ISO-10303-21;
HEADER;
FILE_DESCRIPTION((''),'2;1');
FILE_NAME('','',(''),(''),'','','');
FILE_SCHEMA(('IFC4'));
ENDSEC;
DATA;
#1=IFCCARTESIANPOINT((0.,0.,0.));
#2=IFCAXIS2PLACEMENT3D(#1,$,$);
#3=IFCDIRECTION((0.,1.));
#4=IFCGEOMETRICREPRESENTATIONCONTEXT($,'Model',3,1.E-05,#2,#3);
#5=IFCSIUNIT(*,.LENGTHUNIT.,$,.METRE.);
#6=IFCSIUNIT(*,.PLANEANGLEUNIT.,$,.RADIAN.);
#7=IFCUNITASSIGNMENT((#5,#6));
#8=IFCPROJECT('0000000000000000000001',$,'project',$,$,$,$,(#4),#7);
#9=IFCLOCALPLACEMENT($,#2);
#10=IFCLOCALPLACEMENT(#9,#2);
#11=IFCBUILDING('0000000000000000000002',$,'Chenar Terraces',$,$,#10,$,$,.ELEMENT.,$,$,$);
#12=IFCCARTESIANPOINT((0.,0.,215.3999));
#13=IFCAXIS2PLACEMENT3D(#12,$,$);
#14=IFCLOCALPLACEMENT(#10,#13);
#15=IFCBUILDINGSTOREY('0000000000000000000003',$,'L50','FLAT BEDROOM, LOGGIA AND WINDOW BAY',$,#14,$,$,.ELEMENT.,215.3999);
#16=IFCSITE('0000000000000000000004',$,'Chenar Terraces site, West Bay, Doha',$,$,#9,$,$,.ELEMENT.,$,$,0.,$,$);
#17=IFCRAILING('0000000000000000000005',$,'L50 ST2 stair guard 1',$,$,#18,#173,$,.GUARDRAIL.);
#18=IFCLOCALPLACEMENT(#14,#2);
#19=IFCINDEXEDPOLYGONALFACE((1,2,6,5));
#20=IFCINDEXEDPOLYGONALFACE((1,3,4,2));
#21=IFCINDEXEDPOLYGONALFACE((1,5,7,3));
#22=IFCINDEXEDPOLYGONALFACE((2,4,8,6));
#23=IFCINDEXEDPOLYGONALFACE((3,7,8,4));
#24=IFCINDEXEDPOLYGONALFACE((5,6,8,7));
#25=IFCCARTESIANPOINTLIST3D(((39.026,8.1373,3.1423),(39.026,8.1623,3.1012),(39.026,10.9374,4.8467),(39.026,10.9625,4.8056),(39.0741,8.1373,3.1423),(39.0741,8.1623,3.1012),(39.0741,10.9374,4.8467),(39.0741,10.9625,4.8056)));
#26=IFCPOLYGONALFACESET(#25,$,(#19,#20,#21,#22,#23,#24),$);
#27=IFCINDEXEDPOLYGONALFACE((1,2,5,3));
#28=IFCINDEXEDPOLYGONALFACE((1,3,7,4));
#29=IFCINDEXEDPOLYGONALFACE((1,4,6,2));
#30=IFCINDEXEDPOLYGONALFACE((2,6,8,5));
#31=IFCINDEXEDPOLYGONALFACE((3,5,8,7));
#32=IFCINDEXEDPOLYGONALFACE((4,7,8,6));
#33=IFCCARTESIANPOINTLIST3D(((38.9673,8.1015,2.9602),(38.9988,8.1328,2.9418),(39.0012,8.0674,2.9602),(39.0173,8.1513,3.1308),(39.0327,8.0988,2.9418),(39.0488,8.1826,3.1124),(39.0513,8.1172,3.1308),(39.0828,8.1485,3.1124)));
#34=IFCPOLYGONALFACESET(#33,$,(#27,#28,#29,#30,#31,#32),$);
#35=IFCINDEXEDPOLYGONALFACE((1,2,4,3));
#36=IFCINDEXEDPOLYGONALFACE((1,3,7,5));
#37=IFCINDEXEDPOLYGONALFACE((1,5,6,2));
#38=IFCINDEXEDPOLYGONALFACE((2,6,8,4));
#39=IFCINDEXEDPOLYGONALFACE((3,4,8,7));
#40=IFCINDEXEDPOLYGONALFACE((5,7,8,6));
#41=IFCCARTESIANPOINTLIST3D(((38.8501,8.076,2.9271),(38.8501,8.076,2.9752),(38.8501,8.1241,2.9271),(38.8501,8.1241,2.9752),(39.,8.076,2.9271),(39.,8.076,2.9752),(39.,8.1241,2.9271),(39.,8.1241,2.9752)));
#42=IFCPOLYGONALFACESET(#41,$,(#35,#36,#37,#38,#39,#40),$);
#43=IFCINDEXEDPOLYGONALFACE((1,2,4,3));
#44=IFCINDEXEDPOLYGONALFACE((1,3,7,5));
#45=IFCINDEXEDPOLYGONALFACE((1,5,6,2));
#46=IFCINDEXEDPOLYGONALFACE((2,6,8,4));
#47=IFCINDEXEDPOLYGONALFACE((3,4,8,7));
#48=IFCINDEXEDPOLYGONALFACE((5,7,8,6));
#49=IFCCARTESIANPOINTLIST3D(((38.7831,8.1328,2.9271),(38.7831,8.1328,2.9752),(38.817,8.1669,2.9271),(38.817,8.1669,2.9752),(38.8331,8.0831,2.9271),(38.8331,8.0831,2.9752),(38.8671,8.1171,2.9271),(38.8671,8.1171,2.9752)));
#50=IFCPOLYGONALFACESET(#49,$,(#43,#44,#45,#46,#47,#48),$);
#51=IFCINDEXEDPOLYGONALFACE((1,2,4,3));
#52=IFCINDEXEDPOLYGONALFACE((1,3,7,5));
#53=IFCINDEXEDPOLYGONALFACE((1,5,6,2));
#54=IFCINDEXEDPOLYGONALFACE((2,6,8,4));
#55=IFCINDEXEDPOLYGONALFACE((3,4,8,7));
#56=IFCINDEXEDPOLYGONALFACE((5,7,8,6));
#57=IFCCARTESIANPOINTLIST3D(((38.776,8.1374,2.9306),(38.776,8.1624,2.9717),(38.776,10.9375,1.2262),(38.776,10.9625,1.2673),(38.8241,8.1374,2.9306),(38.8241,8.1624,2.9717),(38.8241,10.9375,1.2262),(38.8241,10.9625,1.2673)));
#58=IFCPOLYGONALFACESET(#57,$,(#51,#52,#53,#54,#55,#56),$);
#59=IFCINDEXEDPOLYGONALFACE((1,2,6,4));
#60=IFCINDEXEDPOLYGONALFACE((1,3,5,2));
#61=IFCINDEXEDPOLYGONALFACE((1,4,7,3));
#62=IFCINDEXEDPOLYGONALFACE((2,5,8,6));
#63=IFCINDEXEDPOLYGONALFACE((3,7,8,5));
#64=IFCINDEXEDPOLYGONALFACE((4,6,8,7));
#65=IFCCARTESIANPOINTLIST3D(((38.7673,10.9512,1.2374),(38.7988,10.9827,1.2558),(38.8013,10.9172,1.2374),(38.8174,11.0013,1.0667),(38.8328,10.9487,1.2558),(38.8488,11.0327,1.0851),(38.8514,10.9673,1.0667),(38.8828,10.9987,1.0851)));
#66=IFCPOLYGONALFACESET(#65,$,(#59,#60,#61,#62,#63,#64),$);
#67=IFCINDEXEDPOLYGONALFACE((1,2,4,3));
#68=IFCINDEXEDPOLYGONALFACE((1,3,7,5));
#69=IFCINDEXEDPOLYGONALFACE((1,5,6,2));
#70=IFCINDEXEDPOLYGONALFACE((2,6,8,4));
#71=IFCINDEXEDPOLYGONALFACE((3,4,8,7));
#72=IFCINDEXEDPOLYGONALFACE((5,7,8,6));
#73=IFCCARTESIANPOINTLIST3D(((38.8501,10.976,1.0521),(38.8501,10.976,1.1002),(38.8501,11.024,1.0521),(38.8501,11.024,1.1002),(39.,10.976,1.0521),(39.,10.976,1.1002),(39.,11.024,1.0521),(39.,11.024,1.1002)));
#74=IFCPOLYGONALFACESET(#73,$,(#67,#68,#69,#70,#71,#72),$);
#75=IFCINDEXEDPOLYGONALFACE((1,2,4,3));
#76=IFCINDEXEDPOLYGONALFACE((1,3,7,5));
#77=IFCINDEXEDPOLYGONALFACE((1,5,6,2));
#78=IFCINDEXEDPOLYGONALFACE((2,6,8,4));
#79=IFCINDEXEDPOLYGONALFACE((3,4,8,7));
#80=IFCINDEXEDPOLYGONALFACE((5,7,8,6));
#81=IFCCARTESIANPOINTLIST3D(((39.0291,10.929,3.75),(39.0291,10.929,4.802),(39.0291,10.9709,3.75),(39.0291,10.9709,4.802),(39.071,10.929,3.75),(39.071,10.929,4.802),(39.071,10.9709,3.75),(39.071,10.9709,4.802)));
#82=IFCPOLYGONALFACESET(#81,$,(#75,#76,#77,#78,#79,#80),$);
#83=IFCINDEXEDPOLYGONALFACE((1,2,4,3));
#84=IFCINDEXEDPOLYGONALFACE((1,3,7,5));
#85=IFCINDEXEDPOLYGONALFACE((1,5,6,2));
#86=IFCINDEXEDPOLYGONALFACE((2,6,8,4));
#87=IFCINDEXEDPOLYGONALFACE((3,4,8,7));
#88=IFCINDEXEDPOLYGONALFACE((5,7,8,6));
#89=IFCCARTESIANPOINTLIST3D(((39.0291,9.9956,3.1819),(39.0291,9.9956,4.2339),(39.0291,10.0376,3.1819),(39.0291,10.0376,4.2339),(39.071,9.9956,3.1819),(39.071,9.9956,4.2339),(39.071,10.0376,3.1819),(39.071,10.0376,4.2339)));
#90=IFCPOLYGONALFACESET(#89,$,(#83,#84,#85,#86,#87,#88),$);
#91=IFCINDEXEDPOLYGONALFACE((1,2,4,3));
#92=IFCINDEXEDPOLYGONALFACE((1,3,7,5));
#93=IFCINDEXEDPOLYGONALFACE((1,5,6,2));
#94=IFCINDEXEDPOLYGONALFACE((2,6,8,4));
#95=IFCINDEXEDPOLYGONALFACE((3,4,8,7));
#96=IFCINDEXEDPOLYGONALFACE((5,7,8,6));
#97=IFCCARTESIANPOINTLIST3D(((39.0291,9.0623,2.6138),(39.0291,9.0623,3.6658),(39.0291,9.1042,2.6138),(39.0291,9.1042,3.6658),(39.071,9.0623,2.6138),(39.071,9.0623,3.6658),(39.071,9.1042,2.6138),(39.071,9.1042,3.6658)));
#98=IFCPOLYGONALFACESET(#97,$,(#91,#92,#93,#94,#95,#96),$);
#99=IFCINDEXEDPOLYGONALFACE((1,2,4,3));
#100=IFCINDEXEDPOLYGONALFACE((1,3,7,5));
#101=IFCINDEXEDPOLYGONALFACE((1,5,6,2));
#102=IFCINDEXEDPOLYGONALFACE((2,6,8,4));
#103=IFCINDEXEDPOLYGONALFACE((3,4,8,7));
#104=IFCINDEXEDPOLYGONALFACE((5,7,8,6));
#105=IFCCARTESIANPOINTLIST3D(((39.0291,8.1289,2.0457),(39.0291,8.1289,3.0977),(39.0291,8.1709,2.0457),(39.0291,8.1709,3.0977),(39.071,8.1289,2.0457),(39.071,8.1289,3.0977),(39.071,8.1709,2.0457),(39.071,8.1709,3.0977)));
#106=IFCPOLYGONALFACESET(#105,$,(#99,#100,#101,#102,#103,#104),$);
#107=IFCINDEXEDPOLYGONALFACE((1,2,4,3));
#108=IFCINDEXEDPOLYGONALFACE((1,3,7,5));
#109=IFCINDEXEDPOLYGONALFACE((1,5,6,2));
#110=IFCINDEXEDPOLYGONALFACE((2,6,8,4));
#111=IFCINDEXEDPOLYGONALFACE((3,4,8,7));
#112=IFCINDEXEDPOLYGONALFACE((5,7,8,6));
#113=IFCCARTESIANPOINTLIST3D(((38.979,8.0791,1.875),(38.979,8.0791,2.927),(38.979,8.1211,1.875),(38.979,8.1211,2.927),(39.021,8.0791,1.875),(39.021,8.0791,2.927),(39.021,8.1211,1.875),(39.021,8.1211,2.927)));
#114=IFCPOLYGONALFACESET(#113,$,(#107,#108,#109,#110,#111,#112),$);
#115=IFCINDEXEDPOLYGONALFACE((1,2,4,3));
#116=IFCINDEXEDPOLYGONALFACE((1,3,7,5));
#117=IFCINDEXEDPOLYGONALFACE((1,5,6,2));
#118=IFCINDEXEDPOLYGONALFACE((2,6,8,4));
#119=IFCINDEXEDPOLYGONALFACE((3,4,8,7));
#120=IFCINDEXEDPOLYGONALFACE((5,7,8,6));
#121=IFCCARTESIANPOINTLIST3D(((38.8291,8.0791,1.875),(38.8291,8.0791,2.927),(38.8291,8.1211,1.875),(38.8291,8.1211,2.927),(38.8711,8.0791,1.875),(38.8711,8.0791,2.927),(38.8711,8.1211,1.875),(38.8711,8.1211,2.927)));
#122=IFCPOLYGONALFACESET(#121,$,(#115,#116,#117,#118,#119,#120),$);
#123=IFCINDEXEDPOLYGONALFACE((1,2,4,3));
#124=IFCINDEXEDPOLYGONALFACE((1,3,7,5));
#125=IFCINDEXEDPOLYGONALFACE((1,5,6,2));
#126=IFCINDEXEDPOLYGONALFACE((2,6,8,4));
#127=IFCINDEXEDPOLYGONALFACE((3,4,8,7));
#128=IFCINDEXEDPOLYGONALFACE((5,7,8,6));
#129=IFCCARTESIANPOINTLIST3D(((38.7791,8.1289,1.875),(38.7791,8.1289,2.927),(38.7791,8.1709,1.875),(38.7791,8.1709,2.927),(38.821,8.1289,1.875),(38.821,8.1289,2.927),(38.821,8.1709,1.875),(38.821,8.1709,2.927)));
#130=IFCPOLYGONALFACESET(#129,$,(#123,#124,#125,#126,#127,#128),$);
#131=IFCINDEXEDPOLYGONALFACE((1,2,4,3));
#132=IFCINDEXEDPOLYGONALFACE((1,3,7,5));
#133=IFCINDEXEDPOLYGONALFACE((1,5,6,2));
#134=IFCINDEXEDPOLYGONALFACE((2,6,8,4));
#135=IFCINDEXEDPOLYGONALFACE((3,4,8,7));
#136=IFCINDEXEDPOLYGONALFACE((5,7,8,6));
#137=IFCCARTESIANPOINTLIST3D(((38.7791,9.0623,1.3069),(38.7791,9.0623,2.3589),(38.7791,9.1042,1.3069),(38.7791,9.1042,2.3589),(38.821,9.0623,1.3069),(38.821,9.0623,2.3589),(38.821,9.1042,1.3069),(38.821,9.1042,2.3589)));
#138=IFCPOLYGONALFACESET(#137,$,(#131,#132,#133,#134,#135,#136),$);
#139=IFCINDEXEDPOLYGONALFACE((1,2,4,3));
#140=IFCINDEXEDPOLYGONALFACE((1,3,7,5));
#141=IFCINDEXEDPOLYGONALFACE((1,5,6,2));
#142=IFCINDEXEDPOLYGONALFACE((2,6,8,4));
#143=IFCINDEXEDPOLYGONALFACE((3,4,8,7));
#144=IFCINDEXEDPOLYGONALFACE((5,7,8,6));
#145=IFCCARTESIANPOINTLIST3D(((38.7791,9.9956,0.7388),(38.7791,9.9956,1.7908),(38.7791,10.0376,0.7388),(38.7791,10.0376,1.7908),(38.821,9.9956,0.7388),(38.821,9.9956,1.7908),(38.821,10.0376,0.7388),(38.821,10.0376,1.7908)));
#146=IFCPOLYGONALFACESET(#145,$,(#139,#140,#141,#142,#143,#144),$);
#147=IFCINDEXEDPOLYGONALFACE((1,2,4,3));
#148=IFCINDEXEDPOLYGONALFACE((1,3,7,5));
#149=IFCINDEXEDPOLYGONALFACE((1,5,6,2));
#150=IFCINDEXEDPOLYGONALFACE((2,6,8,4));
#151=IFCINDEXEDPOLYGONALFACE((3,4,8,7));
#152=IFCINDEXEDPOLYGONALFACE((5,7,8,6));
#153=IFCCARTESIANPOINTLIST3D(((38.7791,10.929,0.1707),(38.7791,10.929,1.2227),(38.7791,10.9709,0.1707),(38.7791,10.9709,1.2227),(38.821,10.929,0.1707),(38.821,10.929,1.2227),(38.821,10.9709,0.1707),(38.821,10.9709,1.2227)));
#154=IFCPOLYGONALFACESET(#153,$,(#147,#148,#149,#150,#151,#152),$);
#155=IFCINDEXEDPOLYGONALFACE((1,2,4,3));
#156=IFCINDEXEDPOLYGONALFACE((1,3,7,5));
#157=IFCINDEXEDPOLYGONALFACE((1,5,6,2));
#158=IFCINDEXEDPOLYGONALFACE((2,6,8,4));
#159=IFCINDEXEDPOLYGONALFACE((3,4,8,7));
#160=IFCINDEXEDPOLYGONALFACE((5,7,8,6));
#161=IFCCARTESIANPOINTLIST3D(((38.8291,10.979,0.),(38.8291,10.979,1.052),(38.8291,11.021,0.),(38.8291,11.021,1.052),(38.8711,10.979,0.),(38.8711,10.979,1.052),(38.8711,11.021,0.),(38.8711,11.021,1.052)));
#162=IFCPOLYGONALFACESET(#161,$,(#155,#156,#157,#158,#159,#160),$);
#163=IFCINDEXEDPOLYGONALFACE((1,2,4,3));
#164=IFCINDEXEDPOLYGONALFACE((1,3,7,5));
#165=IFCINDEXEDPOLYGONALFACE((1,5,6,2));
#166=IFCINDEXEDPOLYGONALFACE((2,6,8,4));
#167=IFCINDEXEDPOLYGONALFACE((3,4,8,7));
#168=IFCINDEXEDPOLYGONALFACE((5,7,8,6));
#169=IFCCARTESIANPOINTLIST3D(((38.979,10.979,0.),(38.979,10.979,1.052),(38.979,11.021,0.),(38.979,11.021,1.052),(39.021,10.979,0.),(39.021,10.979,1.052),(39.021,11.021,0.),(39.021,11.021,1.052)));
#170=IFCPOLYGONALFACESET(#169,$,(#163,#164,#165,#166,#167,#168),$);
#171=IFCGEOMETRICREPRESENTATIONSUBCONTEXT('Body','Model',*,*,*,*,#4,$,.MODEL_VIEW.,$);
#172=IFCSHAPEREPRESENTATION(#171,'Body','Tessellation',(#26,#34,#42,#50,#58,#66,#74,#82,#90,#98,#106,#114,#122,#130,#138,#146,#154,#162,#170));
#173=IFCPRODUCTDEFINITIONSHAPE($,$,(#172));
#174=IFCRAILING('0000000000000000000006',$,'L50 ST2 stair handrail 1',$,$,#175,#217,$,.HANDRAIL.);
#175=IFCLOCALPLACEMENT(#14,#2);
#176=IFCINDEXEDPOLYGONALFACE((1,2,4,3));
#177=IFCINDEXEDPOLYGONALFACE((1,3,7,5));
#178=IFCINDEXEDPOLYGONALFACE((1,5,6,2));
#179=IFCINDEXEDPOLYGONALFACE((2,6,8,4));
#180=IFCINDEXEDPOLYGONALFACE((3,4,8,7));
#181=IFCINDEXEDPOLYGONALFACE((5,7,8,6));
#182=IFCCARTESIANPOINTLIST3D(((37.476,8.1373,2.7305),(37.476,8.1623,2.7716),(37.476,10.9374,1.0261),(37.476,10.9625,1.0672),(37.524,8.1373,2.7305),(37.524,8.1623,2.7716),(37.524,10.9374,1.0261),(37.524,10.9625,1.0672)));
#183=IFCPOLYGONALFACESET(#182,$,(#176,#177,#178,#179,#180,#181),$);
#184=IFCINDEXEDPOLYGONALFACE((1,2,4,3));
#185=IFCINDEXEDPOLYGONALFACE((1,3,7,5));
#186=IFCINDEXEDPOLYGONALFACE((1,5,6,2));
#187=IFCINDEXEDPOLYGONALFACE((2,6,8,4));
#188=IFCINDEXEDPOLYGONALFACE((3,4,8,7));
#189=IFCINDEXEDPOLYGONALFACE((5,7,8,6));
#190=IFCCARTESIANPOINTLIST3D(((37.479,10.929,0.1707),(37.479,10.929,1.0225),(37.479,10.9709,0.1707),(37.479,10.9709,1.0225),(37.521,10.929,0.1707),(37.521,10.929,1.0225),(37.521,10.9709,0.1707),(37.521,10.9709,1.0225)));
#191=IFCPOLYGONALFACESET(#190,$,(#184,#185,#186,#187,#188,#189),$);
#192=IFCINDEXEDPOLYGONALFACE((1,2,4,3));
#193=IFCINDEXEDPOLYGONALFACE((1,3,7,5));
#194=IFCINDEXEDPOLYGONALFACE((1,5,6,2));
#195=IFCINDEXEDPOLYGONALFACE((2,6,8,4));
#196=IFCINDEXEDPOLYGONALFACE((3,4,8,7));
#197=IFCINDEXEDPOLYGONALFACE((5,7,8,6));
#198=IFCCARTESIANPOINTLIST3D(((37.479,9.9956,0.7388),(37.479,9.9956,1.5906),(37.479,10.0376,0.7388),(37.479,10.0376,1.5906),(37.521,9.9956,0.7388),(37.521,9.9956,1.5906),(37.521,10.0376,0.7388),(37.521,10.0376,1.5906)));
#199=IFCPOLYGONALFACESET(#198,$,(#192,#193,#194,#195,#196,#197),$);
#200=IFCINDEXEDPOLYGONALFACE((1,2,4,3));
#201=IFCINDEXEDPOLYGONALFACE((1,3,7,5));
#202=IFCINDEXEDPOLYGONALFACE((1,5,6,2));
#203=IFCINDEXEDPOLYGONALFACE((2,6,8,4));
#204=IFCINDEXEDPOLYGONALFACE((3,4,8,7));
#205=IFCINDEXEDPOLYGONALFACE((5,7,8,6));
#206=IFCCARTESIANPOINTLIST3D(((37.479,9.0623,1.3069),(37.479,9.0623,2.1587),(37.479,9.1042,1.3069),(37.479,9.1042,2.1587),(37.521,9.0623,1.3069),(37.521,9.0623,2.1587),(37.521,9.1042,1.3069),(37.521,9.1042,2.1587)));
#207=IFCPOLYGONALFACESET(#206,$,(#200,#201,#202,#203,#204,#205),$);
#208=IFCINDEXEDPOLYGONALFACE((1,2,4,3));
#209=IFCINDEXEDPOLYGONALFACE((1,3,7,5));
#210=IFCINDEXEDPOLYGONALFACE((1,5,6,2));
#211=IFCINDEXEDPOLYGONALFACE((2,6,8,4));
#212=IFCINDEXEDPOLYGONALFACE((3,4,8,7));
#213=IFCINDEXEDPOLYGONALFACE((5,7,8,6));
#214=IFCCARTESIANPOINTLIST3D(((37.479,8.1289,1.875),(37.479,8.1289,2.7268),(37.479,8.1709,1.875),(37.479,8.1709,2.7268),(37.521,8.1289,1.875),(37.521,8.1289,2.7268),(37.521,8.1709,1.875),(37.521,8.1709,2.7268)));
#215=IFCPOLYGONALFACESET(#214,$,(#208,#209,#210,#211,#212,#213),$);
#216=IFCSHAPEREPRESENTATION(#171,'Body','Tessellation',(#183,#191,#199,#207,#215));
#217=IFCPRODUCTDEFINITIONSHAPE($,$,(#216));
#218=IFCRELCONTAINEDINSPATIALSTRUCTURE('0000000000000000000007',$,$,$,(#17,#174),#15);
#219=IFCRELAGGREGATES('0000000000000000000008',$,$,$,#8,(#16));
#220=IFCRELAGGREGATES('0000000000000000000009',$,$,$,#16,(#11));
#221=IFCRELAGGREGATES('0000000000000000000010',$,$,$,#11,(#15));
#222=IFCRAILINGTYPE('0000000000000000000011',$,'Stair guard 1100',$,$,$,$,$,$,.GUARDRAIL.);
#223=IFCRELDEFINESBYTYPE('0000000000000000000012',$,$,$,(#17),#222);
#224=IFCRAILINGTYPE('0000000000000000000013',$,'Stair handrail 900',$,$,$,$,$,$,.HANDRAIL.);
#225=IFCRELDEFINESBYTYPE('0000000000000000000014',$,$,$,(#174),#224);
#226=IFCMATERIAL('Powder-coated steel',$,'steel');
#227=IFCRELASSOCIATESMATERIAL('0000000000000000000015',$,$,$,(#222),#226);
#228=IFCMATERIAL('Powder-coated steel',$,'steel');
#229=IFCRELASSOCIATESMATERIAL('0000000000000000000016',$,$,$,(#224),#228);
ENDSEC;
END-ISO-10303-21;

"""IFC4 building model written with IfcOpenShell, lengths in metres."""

from ifc_helpers import new_model, si_unit, direction, frame, origin, origin_2d, place, context, subcontext, project, spatial, rectangle, extrude, material, type_object, element, save


model = new_model("IFC4")

# Units and contexts
model_context = context("Model", 3, precision=1e-05, world=origin(), true_north=direction((0.0, 1.0)))
body_context = subcontext(model_context, "Body", "Model", "MODEL_VIEW")
ifc_project = project(units=[si_unit("LENGTHUNIT", "METRE"), si_unit("PLANEANGLEUNIT", "RADIAN")], contexts=[model_context])

# Site, building, storey
site_placement = place(None, origin())
site = spatial("IfcSite", under=ifc_project, at=site_placement, Name="Chenar Terraces site, West Bay, Doha", CompositionType="ELEMENT", RefElevation=0.0)
building_placement = place(site_placement, origin())
building = spatial("IfcBuilding", under=site, at=building_placement, Name="Chenar Terraces", CompositionType="ELEMENT")
storey_placement = place(building_placement, frame((0.0, 0.0, 215.3999)))
storey = spatial("IfcBuildingStorey", under=building, at=storey_placement, Name="L50", Description="FLAT BEDROOM, LOGGIA AND WINDOW BAY", CompositionType="ELEMENT", Elevation=215.3999)

# Railings
ifc_material_1 = material(Name="Powder-coated steel", Category="steel")
railing_type_1 = type_object("IfcRailingType", Name="Stair guard 1100", PredefinedType="GUARDRAIL", material=ifc_material_1)
railing_1_placement = place(storey_placement, frame((39.05, 10.95, 3.75)))
element("IfcRailing", 1, at=railing_1_placement, inside=storey, type_object=railing_type_1, Name="L50 ST2 stair guard 1", PredefinedType="GUARDRAIL", context=body_context, shape_type="SweptSolid", body=[
    extrude(rectangle(XDim=0.0481, YDim=0.0481, at=origin_2d()), frame((0.0, 0.0, 1.0762), z_axis=(0.0, -0.854203, -0.51994), x_axis=(1.0, 0.0, 0.0)), (0.0, 0.0, 1.0), 3.2781),
    extrude(rectangle(XDim=0.0481, YDim=0.0481, at=origin_2d()), frame((0.0, -2.8, -0.6284), z_axis=(-0.270997, -0.269675, -0.924033), x_axis=(0.705376, -0.708834, 0.0)), (0.0, 0.0, 1.0), 0.1846),
    extrude(rectangle(XDim=0.0481, YDim=0.0481, at=origin_2d()), frame((-0.05, -2.8499, -0.7988), z_axis=(-1.0, 0.0, 0.0), x_axis=(0.0, -1.0, 0.0)), (0.0, 0.0, 1.0), 0.1499),
    extrude(rectangle(XDim=0.0481, YDim=0.0481, at=origin_2d()), frame((-0.2, -2.8499, -0.7988), z_axis=(-0.708834, 0.705376, 0.0), x_axis=(-0.705376, -0.708834, 0.0)), (0.0, 0.0, 1.0), 0.0706),
    extrude(rectangle(XDim=0.0481, YDim=0.0481, at=origin_2d()), frame((-0.25, -2.8, -0.7988), z_axis=(0.0, 0.854203, -0.51994), x_axis=(-1.0, 0.0, 0.0)), (0.0, 0.0, 1.0), 3.2781),
    extrude(rectangle(XDim=0.0481, YDim=0.0481, at=origin_2d()), frame((-0.25, 0.0, -2.5034), z_axis=(0.2709, 0.2709, -0.923703), x_axis=(-0.707107, 0.707107, 0.0)), (0.0, 0.0, 1.0), 0.1848),
    extrude(rectangle(XDim=0.0481, YDim=0.0481, at=origin_2d()), frame((-0.2, 0.05, -2.6738), z_axis=(1.0, 0.0, 0.0), x_axis=(0.0, 1.0, 0.0)), (0.0, 0.0, 1.0), 0.1499),
    extrude(rectangle(XDim=0.042, YDim=0.042, at=origin_2d()), origin(), (0.0, 0.0, 1.0), 1.052),
    extrude(rectangle(XDim=0.042, YDim=0.042, at=origin_2d()), frame((0.0, -0.9333, -0.5681)), (0.0, 0.0, 1.0), 1.052),
    extrude(rectangle(XDim=0.042, YDim=0.042, at=origin_2d()), frame((0.0, -1.8667, -1.1362)), (0.0, 0.0, 1.0), 1.052),
    extrude(rectangle(XDim=0.042, YDim=0.042, at=origin_2d()), frame((0.0, -2.8, -1.7043)), (0.0, 0.0, 1.0), 1.052),
    extrude(rectangle(XDim=0.042, YDim=0.042, at=origin_2d()), frame((-0.05, -2.8499, -1.875)), (0.0, 0.0, 1.0), 1.052),
    extrude(rectangle(XDim=0.042, YDim=0.042, at=origin_2d()), frame((-0.2, -2.8499, -1.875)), (0.0, 0.0, 1.0), 1.052),
    extrude(rectangle(XDim=0.042, YDim=0.042, at=origin_2d()), frame((-0.25, -2.8, -1.875)), (0.0, 0.0, 1.0), 1.052),
    extrude(rectangle(XDim=0.042, YDim=0.042, at=origin_2d()), frame((-0.25, -1.8667, -2.4431)), (0.0, 0.0, 1.0), 1.052),
    extrude(rectangle(XDim=0.042, YDim=0.042, at=origin_2d()), frame((-0.25, -0.9333, -3.0112)), (0.0, 0.0, 1.0), 1.052),
    extrude(rectangle(XDim=0.042, YDim=0.042, at=origin_2d()), frame((-0.25, 0.0, -3.5793)), (0.0, 0.0, 1.0), 1.052),
    extrude(rectangle(XDim=0.042, YDim=0.042, at=origin_2d()), frame((-0.2, 0.05, -3.75)), (0.0, 0.0, 1.0), 1.052),
    extrude(rectangle(XDim=0.042, YDim=0.042, at=origin_2d()), frame((-0.05, 0.05, -3.75)), (0.0, 0.0, 1.0), 1.052),
])
ifc_material_2 = material(Name="Powder-coated steel", Category="steel")
railing_type_2 = type_object("IfcRailingType", Name="Stair handrail 900", PredefinedType="HANDRAIL", material=ifc_material_2)
railing_2_placement = place(storey_placement, frame((37.5, 10.95, 0.1707)))
element("IfcRailing", 2, at=railing_2_placement, inside=storey, type_object=railing_type_2, Name="L50 ST2 stair handrail 1", PredefinedType="HANDRAIL", context=body_context, shape_type="SweptSolid", body=[
    extrude(rectangle(XDim=0.0481, YDim=0.0481, at=origin_2d()), frame((0.0, 0.0, 0.876), z_axis=(0.0, -0.854203, 0.51994), x_axis=(1.0, 0.0, 0.0)), (0.0, 0.0, 1.0), 3.2781),
    extrude(rectangle(XDim=0.042, YDim=0.042, at=origin_2d()), origin(), (0.0, 0.0, 1.0), 0.8518),
    extrude(rectangle(XDim=0.042, YDim=0.042, at=origin_2d()), frame((0.0, -0.9333, 0.5681)), (0.0, 0.0, 1.0), 0.8518),
    extrude(rectangle(XDim=0.042, YDim=0.042, at=origin_2d()), frame((0.0, -1.8667, 1.1362)), (0.0, 0.0, 1.0), 0.8518),
    extrude(rectangle(XDim=0.042, YDim=0.042, at=origin_2d()), frame((0.0, -2.8, 1.7043)), (0.0, 0.0, 1.0), 0.8518),
])

save(model, "model.ifc")
